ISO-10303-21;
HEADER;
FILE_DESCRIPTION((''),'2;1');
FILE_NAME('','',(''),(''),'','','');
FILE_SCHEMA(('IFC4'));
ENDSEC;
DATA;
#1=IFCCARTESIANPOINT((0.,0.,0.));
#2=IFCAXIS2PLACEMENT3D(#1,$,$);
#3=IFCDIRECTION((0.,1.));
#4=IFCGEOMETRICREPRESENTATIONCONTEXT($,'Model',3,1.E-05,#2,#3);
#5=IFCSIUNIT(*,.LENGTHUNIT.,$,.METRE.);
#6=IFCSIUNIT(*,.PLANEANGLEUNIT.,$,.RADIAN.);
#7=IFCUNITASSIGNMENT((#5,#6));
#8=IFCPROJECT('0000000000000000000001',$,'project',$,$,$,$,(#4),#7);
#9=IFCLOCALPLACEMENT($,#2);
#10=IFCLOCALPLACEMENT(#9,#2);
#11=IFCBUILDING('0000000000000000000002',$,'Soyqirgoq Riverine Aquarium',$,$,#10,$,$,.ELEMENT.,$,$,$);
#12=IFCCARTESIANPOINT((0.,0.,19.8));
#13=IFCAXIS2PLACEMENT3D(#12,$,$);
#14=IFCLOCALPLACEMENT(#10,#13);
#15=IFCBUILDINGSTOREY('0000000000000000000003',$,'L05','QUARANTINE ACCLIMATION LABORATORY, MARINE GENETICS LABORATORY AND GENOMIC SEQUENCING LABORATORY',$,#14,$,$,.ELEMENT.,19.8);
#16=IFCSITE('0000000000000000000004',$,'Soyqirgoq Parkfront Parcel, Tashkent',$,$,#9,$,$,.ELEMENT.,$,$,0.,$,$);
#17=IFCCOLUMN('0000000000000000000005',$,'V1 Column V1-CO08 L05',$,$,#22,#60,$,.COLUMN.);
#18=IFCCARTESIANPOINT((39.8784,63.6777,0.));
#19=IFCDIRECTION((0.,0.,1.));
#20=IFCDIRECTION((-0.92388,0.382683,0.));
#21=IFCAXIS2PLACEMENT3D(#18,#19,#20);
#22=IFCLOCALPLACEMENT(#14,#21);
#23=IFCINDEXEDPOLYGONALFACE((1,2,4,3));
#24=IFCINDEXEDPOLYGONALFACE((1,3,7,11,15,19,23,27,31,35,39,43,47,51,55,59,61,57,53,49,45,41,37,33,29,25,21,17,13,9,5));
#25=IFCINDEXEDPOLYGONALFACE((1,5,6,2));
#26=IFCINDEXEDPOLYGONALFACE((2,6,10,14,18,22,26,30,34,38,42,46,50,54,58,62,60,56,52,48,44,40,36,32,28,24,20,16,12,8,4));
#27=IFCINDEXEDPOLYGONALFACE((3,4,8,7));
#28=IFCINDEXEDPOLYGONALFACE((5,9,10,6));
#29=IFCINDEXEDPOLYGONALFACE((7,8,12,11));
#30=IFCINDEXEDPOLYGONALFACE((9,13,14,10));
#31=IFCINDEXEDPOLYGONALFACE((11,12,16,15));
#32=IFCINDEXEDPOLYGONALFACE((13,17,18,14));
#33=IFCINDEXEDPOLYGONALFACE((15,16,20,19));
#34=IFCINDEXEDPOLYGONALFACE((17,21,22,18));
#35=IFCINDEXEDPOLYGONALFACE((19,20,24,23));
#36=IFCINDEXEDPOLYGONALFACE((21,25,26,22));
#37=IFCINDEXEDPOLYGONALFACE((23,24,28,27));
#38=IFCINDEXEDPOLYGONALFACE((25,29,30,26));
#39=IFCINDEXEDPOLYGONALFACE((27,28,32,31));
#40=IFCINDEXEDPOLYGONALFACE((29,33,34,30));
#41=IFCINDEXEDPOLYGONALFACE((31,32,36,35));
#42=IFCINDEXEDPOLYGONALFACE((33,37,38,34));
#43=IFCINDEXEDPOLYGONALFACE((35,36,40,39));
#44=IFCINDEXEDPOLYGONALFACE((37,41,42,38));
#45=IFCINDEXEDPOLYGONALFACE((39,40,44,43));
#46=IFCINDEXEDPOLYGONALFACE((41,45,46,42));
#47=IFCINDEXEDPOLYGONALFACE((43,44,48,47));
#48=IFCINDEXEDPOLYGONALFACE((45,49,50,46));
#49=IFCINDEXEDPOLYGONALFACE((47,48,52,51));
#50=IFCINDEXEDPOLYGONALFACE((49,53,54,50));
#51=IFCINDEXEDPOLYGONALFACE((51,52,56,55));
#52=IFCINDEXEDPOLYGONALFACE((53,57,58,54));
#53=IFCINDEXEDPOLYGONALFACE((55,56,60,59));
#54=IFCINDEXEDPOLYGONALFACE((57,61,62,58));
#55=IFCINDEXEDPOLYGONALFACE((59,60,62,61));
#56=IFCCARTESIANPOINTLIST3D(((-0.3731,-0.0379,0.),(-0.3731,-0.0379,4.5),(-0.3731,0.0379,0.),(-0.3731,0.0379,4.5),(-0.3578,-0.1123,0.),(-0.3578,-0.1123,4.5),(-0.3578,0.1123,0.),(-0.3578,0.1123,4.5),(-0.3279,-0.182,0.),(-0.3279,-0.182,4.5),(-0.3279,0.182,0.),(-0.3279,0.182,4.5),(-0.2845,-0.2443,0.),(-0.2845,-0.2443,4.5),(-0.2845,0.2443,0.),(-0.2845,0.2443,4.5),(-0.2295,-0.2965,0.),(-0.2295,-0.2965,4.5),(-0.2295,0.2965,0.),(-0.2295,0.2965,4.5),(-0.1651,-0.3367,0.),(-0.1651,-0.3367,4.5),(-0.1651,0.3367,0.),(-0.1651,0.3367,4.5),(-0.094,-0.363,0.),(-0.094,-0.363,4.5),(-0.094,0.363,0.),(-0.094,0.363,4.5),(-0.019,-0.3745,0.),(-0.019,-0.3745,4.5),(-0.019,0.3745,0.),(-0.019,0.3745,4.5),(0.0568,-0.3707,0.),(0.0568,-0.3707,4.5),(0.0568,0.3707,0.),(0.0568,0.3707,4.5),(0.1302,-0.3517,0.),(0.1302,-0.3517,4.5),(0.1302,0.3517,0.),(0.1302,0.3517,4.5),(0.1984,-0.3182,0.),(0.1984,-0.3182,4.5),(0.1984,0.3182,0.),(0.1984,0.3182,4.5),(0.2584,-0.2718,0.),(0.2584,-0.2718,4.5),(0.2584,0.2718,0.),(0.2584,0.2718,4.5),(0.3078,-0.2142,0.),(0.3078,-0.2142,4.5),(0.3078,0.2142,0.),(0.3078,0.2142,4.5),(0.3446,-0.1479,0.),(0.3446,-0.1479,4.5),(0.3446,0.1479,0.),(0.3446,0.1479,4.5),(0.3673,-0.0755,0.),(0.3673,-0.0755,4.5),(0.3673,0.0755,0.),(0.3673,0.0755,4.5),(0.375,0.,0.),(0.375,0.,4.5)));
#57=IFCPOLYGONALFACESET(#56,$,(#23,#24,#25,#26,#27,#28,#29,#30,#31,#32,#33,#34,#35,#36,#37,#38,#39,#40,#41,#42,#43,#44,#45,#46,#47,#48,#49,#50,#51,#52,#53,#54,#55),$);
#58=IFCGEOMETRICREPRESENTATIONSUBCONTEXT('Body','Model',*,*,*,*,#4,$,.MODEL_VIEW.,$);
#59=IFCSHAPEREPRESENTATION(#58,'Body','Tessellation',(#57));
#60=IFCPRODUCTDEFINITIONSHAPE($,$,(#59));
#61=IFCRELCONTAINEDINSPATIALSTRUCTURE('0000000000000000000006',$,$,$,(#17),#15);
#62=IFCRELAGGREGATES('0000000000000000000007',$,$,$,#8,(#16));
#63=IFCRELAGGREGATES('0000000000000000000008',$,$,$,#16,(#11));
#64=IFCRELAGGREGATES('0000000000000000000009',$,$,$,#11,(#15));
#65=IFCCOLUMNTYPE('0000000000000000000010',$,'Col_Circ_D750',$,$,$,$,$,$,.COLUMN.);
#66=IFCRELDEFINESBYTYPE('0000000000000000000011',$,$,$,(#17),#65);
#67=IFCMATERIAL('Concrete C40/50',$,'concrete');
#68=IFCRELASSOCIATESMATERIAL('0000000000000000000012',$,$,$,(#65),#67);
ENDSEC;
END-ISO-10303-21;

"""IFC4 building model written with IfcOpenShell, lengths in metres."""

from ifc_helpers import new_model, si_unit, direction, frame, origin, origin_2d, place, context, subcontext, project, spatial, circle, extrude, material, material_profile, profile_set, type_object, element, save


model = new_model("IFC4")

# Units and contexts
model_context = context("Model", 3, precision=1e-05, world=origin(), true_north=direction((0.0, 1.0)))
body_context = subcontext(model_context, "Body", "Model", "MODEL_VIEW")
ifc_project = project(units=[si_unit("LENGTHUNIT", "METRE"), si_unit("PLANEANGLEUNIT", "RADIAN")], contexts=[model_context])

# Site, building, storey
site_placement = place(None, origin())
site = spatial("IfcSite", under=ifc_project, at=site_placement, Name="Soyqirgoq Parkfront Parcel, Tashkent", CompositionType="ELEMENT", RefElevation=0.0)
building_placement = place(site_placement, origin())
building = spatial("IfcBuilding", under=site, at=building_placement, Name="Soyqirgoq Riverine Aquarium", CompositionType="ELEMENT")
storey_placement = place(building_placement, frame((0.0, 0.0, 19.8)))
storey = spatial("IfcBuildingStorey", under=building, at=storey_placement, Name="L05", Description="QUARANTINE ACCLIMATION LABORATORY, MARINE GENETICS LABORATORY AND GENOMIC SEQUENCING LABORATORY", CompositionType="ELEMENT", Elevation=19.8)

# Column
ifc_material_1 = material(Name="Concrete C40/50", Category="concrete")
ifc_material_profile_1 = material_profile(ifc_material_1, circle(Radius=0.375, at=origin_2d()), Name="RC-COL D750")
ifc_profile_set_1 = profile_set([ifc_material_profile_1], Name="Concrete C40/50")
column_type = type_object("IfcColumnType", Name="Col_Circ_D750", PredefinedType="COLUMN", material=ifc_profile_set_1)
for number, where, z_axis, x_axis, name in (
    (1, (39.8784, 63.6777, 0.0), (0.0, 0.0, 1.0), (-0.92388, 0.382683, 0.0), "V1 Column V1-CO08 L05"),
):
    element("IfcColumn", number, at=place(storey_placement, frame(where, z_axis=z_axis, x_axis=x_axis)), inside=storey, type_object=column_type, Name=name, PredefinedType="COLUMN", context=body_context, shape_type="SweptSolid", body=[
        extrude(circle(Radius=0.375, at=origin_2d()), origin(), (0.0, 0.0, 1.0), 4.5),
    ])

save(model, "model.ifc")
